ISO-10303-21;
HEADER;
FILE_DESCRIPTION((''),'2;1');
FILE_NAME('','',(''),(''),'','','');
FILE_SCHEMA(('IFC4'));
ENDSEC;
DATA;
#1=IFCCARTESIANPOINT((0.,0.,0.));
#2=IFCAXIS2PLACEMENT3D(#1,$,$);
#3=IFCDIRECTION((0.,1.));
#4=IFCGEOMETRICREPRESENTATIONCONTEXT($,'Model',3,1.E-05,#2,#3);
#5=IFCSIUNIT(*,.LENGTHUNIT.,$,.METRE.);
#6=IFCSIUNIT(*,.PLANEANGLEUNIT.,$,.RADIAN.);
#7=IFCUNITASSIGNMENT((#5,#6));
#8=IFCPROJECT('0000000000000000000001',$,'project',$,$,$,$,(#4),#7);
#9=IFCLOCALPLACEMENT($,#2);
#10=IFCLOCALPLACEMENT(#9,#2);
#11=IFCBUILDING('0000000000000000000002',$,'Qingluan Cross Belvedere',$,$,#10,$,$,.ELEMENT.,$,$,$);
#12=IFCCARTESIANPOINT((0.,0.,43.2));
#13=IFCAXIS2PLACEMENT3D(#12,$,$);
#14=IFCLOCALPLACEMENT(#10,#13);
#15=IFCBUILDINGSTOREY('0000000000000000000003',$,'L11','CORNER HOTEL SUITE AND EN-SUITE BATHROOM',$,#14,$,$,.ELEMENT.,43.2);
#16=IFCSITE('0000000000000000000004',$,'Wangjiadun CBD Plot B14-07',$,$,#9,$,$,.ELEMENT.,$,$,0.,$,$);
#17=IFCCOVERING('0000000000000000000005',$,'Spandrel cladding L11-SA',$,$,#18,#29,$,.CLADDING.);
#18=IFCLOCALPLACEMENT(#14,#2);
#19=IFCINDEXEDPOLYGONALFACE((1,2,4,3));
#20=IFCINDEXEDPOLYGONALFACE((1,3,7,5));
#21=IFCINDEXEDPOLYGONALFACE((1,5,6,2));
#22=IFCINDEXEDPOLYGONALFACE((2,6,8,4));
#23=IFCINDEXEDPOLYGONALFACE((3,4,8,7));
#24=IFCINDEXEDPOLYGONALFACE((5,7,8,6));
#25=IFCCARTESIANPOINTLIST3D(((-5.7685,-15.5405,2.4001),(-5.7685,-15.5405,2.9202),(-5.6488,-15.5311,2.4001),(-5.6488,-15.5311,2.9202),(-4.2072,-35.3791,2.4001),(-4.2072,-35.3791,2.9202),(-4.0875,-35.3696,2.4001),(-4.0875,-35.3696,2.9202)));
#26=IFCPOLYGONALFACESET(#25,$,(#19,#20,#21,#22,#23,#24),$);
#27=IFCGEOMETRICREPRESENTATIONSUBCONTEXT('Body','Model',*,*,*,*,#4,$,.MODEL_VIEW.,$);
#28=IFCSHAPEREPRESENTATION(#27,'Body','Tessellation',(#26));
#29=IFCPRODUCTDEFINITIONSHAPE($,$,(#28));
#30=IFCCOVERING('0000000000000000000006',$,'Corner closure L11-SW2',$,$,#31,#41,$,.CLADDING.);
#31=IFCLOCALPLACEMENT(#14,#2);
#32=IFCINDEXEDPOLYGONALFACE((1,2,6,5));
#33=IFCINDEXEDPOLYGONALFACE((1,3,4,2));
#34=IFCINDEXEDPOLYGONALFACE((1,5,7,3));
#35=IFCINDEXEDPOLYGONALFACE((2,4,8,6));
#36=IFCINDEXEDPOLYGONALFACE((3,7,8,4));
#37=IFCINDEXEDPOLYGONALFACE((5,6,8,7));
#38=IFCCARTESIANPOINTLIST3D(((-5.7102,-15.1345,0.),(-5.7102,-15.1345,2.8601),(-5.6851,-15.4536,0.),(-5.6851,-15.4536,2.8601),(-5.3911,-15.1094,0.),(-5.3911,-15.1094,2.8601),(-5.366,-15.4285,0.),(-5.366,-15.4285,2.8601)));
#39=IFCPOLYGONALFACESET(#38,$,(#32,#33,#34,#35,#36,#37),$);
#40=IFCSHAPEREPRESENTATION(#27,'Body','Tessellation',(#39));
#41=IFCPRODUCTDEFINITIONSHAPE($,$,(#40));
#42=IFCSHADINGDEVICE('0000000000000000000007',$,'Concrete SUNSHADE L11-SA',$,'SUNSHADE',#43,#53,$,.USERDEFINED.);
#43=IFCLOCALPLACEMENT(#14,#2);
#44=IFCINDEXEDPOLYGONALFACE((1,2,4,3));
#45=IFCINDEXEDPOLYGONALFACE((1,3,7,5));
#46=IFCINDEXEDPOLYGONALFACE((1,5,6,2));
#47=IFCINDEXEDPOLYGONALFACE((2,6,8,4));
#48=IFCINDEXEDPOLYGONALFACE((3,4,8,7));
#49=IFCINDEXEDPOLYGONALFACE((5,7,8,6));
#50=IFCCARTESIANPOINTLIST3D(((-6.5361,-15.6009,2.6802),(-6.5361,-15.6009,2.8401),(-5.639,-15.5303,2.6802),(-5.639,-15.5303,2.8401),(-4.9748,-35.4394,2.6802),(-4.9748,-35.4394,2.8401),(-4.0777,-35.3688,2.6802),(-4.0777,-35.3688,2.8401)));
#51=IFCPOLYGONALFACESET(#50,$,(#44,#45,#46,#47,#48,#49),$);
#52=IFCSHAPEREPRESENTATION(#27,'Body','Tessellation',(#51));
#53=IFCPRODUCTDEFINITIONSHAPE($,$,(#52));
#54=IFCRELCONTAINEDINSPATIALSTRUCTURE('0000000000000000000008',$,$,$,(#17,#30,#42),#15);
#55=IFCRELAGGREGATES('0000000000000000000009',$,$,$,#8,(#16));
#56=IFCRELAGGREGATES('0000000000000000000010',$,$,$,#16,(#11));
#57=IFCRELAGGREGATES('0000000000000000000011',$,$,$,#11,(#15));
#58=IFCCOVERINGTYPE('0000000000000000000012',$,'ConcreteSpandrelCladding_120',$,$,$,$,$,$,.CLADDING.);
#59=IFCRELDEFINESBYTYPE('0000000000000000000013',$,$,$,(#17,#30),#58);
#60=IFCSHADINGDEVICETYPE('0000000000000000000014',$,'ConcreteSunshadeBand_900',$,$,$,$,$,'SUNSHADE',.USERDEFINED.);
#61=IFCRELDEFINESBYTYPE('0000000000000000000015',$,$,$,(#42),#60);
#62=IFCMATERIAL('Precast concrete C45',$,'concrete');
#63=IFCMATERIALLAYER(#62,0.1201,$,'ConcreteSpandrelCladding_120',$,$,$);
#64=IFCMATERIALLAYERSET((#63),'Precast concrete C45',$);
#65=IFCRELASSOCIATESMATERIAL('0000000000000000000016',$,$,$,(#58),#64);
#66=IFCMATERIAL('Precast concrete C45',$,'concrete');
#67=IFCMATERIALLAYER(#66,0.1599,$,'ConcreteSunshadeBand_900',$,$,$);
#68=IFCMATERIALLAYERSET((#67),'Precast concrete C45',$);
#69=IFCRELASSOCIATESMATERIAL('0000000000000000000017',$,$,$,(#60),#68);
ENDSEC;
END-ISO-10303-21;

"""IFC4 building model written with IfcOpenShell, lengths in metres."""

from ifc_helpers import new_model, si_unit, direction, frame, origin, origin_2d, place, context, subcontext, project, spatial, rectangle, extrude, material, layer, layer_set, type_object, element, save


model = new_model("IFC4")

# Units and contexts
model_context = context("Model", 3, precision=1e-05, world=origin(), true_north=direction((0.0, 1.0)))
body_context = subcontext(model_context, "Body", "Model", "MODEL_VIEW")
ifc_project = project(units=[si_unit("LENGTHUNIT", "METRE"), si_unit("PLANEANGLEUNIT", "RADIAN")], contexts=[model_context])

# Site, building, storey
site_placement = place(None, origin())
site = spatial("IfcSite", under=ifc_project, at=site_placement, Name="Wangjiadun CBD Plot B14-07", CompositionType="ELEMENT", RefElevation=0.0)
building_placement = place(site_placement, origin())
building = spatial("IfcBuilding", under=site, at=building_placement, Name="Qingluan Cross Belvedere", CompositionType="ELEMENT")
storey_placement = place(building_placement, frame((0.0, 0.0, 43.2)))
storey = spatial("IfcBuildingStorey", under=building, at=storey_placement, Name="L11", Description="CORNER HOTEL SUITE AND EN-SUITE BATHROOM", CompositionType="ELEMENT", Elevation=43.2)

# Coverings
ifc_material_1 = material(Name="Precast concrete C45", Category="concrete")
ifc_layer_1 = layer(ifc_material_1, 0.1201, Name="ConcreteSpandrelCladding_120")
ifc_layer_set_1 = layer_set([ifc_layer_1], Name="Precast concrete C45")
covering_type = type_object("IfcCoveringType", Name="ConcreteSpandrelCladding_120", PredefinedType="CLADDING", material=ifc_layer_set_1)
covering_1_placement = place(storey_placement, frame((-4.928, -25.4551, 2.4001), z_axis=(0.0, 0.0, 1.0), x_axis=(0.078458, -0.996917, 0.0)))
element("IfcCovering", 1, at=covering_1_placement, inside=storey, type_object=covering_type, Name="Spandrel cladding L11-SA", PredefinedType="CLADDING", context=body_context, shape_type="SweptSolid", body=[
    extrude(rectangle(XDim=19.8999, YDim=0.1201, at=origin_2d()), origin(), (0.0, 0.0, 1.0), 0.52),
])
covering_2_placement = place(storey_placement, frame((-5.5381, -15.2815, 0.0), z_axis=(0.0, 0.0, 1.0), x_axis=(0.996917, 0.078459, 0.0)))
element("IfcCovering", 2, at=covering_2_placement, inside=storey, type_object=covering_type, Name="Corner closure L11-SW2", PredefinedType="CLADDING", context=body_context, shape_type="SweptSolid", body=[
    extrude(rectangle(XDim=0.3201, YDim=0.3201, at=origin_2d()), origin(), (0.0, 0.0, 1.0), 2.8601),
])

# Shading device
ifc_material_2 = material(Name="Precast concrete C45", Category="concrete")
ifc_layer_2 = layer(ifc_material_2, 0.1599, Name="ConcreteSunshadeBand_900")
ifc_layer_set_2 = layer_set([ifc_layer_2], Name="Precast concrete C45")
shading_device_type = type_object("IfcShadingDeviceType", Name="ConcreteSunshadeBand_900", ElementType="SUNSHADE", PredefinedType="USERDEFINED", material=ifc_layer_set_2)
shading_device_placement = place(storey_placement, frame((-5.3069, -25.4849, 2.6802), z_axis=(0.0, 0.0, 1.0), x_axis=(0.078458, -0.996917, 0.0)))
element("IfcShadingDevice", 3, at=shading_device_placement, inside=storey, type_object=shading_device_type, Name="Concrete SUNSHADE L11-SA", ObjectType="SUNSHADE", PredefinedType="USERDEFINED", context=body_context, shape_type="SweptSolid", body=[
    extrude(rectangle(XDim=19.8999, YDim=0.8999, at=origin_2d()), origin(), (0.0, 0.0, 1.0), 0.1599),
])

save(model, "model.ifc")
